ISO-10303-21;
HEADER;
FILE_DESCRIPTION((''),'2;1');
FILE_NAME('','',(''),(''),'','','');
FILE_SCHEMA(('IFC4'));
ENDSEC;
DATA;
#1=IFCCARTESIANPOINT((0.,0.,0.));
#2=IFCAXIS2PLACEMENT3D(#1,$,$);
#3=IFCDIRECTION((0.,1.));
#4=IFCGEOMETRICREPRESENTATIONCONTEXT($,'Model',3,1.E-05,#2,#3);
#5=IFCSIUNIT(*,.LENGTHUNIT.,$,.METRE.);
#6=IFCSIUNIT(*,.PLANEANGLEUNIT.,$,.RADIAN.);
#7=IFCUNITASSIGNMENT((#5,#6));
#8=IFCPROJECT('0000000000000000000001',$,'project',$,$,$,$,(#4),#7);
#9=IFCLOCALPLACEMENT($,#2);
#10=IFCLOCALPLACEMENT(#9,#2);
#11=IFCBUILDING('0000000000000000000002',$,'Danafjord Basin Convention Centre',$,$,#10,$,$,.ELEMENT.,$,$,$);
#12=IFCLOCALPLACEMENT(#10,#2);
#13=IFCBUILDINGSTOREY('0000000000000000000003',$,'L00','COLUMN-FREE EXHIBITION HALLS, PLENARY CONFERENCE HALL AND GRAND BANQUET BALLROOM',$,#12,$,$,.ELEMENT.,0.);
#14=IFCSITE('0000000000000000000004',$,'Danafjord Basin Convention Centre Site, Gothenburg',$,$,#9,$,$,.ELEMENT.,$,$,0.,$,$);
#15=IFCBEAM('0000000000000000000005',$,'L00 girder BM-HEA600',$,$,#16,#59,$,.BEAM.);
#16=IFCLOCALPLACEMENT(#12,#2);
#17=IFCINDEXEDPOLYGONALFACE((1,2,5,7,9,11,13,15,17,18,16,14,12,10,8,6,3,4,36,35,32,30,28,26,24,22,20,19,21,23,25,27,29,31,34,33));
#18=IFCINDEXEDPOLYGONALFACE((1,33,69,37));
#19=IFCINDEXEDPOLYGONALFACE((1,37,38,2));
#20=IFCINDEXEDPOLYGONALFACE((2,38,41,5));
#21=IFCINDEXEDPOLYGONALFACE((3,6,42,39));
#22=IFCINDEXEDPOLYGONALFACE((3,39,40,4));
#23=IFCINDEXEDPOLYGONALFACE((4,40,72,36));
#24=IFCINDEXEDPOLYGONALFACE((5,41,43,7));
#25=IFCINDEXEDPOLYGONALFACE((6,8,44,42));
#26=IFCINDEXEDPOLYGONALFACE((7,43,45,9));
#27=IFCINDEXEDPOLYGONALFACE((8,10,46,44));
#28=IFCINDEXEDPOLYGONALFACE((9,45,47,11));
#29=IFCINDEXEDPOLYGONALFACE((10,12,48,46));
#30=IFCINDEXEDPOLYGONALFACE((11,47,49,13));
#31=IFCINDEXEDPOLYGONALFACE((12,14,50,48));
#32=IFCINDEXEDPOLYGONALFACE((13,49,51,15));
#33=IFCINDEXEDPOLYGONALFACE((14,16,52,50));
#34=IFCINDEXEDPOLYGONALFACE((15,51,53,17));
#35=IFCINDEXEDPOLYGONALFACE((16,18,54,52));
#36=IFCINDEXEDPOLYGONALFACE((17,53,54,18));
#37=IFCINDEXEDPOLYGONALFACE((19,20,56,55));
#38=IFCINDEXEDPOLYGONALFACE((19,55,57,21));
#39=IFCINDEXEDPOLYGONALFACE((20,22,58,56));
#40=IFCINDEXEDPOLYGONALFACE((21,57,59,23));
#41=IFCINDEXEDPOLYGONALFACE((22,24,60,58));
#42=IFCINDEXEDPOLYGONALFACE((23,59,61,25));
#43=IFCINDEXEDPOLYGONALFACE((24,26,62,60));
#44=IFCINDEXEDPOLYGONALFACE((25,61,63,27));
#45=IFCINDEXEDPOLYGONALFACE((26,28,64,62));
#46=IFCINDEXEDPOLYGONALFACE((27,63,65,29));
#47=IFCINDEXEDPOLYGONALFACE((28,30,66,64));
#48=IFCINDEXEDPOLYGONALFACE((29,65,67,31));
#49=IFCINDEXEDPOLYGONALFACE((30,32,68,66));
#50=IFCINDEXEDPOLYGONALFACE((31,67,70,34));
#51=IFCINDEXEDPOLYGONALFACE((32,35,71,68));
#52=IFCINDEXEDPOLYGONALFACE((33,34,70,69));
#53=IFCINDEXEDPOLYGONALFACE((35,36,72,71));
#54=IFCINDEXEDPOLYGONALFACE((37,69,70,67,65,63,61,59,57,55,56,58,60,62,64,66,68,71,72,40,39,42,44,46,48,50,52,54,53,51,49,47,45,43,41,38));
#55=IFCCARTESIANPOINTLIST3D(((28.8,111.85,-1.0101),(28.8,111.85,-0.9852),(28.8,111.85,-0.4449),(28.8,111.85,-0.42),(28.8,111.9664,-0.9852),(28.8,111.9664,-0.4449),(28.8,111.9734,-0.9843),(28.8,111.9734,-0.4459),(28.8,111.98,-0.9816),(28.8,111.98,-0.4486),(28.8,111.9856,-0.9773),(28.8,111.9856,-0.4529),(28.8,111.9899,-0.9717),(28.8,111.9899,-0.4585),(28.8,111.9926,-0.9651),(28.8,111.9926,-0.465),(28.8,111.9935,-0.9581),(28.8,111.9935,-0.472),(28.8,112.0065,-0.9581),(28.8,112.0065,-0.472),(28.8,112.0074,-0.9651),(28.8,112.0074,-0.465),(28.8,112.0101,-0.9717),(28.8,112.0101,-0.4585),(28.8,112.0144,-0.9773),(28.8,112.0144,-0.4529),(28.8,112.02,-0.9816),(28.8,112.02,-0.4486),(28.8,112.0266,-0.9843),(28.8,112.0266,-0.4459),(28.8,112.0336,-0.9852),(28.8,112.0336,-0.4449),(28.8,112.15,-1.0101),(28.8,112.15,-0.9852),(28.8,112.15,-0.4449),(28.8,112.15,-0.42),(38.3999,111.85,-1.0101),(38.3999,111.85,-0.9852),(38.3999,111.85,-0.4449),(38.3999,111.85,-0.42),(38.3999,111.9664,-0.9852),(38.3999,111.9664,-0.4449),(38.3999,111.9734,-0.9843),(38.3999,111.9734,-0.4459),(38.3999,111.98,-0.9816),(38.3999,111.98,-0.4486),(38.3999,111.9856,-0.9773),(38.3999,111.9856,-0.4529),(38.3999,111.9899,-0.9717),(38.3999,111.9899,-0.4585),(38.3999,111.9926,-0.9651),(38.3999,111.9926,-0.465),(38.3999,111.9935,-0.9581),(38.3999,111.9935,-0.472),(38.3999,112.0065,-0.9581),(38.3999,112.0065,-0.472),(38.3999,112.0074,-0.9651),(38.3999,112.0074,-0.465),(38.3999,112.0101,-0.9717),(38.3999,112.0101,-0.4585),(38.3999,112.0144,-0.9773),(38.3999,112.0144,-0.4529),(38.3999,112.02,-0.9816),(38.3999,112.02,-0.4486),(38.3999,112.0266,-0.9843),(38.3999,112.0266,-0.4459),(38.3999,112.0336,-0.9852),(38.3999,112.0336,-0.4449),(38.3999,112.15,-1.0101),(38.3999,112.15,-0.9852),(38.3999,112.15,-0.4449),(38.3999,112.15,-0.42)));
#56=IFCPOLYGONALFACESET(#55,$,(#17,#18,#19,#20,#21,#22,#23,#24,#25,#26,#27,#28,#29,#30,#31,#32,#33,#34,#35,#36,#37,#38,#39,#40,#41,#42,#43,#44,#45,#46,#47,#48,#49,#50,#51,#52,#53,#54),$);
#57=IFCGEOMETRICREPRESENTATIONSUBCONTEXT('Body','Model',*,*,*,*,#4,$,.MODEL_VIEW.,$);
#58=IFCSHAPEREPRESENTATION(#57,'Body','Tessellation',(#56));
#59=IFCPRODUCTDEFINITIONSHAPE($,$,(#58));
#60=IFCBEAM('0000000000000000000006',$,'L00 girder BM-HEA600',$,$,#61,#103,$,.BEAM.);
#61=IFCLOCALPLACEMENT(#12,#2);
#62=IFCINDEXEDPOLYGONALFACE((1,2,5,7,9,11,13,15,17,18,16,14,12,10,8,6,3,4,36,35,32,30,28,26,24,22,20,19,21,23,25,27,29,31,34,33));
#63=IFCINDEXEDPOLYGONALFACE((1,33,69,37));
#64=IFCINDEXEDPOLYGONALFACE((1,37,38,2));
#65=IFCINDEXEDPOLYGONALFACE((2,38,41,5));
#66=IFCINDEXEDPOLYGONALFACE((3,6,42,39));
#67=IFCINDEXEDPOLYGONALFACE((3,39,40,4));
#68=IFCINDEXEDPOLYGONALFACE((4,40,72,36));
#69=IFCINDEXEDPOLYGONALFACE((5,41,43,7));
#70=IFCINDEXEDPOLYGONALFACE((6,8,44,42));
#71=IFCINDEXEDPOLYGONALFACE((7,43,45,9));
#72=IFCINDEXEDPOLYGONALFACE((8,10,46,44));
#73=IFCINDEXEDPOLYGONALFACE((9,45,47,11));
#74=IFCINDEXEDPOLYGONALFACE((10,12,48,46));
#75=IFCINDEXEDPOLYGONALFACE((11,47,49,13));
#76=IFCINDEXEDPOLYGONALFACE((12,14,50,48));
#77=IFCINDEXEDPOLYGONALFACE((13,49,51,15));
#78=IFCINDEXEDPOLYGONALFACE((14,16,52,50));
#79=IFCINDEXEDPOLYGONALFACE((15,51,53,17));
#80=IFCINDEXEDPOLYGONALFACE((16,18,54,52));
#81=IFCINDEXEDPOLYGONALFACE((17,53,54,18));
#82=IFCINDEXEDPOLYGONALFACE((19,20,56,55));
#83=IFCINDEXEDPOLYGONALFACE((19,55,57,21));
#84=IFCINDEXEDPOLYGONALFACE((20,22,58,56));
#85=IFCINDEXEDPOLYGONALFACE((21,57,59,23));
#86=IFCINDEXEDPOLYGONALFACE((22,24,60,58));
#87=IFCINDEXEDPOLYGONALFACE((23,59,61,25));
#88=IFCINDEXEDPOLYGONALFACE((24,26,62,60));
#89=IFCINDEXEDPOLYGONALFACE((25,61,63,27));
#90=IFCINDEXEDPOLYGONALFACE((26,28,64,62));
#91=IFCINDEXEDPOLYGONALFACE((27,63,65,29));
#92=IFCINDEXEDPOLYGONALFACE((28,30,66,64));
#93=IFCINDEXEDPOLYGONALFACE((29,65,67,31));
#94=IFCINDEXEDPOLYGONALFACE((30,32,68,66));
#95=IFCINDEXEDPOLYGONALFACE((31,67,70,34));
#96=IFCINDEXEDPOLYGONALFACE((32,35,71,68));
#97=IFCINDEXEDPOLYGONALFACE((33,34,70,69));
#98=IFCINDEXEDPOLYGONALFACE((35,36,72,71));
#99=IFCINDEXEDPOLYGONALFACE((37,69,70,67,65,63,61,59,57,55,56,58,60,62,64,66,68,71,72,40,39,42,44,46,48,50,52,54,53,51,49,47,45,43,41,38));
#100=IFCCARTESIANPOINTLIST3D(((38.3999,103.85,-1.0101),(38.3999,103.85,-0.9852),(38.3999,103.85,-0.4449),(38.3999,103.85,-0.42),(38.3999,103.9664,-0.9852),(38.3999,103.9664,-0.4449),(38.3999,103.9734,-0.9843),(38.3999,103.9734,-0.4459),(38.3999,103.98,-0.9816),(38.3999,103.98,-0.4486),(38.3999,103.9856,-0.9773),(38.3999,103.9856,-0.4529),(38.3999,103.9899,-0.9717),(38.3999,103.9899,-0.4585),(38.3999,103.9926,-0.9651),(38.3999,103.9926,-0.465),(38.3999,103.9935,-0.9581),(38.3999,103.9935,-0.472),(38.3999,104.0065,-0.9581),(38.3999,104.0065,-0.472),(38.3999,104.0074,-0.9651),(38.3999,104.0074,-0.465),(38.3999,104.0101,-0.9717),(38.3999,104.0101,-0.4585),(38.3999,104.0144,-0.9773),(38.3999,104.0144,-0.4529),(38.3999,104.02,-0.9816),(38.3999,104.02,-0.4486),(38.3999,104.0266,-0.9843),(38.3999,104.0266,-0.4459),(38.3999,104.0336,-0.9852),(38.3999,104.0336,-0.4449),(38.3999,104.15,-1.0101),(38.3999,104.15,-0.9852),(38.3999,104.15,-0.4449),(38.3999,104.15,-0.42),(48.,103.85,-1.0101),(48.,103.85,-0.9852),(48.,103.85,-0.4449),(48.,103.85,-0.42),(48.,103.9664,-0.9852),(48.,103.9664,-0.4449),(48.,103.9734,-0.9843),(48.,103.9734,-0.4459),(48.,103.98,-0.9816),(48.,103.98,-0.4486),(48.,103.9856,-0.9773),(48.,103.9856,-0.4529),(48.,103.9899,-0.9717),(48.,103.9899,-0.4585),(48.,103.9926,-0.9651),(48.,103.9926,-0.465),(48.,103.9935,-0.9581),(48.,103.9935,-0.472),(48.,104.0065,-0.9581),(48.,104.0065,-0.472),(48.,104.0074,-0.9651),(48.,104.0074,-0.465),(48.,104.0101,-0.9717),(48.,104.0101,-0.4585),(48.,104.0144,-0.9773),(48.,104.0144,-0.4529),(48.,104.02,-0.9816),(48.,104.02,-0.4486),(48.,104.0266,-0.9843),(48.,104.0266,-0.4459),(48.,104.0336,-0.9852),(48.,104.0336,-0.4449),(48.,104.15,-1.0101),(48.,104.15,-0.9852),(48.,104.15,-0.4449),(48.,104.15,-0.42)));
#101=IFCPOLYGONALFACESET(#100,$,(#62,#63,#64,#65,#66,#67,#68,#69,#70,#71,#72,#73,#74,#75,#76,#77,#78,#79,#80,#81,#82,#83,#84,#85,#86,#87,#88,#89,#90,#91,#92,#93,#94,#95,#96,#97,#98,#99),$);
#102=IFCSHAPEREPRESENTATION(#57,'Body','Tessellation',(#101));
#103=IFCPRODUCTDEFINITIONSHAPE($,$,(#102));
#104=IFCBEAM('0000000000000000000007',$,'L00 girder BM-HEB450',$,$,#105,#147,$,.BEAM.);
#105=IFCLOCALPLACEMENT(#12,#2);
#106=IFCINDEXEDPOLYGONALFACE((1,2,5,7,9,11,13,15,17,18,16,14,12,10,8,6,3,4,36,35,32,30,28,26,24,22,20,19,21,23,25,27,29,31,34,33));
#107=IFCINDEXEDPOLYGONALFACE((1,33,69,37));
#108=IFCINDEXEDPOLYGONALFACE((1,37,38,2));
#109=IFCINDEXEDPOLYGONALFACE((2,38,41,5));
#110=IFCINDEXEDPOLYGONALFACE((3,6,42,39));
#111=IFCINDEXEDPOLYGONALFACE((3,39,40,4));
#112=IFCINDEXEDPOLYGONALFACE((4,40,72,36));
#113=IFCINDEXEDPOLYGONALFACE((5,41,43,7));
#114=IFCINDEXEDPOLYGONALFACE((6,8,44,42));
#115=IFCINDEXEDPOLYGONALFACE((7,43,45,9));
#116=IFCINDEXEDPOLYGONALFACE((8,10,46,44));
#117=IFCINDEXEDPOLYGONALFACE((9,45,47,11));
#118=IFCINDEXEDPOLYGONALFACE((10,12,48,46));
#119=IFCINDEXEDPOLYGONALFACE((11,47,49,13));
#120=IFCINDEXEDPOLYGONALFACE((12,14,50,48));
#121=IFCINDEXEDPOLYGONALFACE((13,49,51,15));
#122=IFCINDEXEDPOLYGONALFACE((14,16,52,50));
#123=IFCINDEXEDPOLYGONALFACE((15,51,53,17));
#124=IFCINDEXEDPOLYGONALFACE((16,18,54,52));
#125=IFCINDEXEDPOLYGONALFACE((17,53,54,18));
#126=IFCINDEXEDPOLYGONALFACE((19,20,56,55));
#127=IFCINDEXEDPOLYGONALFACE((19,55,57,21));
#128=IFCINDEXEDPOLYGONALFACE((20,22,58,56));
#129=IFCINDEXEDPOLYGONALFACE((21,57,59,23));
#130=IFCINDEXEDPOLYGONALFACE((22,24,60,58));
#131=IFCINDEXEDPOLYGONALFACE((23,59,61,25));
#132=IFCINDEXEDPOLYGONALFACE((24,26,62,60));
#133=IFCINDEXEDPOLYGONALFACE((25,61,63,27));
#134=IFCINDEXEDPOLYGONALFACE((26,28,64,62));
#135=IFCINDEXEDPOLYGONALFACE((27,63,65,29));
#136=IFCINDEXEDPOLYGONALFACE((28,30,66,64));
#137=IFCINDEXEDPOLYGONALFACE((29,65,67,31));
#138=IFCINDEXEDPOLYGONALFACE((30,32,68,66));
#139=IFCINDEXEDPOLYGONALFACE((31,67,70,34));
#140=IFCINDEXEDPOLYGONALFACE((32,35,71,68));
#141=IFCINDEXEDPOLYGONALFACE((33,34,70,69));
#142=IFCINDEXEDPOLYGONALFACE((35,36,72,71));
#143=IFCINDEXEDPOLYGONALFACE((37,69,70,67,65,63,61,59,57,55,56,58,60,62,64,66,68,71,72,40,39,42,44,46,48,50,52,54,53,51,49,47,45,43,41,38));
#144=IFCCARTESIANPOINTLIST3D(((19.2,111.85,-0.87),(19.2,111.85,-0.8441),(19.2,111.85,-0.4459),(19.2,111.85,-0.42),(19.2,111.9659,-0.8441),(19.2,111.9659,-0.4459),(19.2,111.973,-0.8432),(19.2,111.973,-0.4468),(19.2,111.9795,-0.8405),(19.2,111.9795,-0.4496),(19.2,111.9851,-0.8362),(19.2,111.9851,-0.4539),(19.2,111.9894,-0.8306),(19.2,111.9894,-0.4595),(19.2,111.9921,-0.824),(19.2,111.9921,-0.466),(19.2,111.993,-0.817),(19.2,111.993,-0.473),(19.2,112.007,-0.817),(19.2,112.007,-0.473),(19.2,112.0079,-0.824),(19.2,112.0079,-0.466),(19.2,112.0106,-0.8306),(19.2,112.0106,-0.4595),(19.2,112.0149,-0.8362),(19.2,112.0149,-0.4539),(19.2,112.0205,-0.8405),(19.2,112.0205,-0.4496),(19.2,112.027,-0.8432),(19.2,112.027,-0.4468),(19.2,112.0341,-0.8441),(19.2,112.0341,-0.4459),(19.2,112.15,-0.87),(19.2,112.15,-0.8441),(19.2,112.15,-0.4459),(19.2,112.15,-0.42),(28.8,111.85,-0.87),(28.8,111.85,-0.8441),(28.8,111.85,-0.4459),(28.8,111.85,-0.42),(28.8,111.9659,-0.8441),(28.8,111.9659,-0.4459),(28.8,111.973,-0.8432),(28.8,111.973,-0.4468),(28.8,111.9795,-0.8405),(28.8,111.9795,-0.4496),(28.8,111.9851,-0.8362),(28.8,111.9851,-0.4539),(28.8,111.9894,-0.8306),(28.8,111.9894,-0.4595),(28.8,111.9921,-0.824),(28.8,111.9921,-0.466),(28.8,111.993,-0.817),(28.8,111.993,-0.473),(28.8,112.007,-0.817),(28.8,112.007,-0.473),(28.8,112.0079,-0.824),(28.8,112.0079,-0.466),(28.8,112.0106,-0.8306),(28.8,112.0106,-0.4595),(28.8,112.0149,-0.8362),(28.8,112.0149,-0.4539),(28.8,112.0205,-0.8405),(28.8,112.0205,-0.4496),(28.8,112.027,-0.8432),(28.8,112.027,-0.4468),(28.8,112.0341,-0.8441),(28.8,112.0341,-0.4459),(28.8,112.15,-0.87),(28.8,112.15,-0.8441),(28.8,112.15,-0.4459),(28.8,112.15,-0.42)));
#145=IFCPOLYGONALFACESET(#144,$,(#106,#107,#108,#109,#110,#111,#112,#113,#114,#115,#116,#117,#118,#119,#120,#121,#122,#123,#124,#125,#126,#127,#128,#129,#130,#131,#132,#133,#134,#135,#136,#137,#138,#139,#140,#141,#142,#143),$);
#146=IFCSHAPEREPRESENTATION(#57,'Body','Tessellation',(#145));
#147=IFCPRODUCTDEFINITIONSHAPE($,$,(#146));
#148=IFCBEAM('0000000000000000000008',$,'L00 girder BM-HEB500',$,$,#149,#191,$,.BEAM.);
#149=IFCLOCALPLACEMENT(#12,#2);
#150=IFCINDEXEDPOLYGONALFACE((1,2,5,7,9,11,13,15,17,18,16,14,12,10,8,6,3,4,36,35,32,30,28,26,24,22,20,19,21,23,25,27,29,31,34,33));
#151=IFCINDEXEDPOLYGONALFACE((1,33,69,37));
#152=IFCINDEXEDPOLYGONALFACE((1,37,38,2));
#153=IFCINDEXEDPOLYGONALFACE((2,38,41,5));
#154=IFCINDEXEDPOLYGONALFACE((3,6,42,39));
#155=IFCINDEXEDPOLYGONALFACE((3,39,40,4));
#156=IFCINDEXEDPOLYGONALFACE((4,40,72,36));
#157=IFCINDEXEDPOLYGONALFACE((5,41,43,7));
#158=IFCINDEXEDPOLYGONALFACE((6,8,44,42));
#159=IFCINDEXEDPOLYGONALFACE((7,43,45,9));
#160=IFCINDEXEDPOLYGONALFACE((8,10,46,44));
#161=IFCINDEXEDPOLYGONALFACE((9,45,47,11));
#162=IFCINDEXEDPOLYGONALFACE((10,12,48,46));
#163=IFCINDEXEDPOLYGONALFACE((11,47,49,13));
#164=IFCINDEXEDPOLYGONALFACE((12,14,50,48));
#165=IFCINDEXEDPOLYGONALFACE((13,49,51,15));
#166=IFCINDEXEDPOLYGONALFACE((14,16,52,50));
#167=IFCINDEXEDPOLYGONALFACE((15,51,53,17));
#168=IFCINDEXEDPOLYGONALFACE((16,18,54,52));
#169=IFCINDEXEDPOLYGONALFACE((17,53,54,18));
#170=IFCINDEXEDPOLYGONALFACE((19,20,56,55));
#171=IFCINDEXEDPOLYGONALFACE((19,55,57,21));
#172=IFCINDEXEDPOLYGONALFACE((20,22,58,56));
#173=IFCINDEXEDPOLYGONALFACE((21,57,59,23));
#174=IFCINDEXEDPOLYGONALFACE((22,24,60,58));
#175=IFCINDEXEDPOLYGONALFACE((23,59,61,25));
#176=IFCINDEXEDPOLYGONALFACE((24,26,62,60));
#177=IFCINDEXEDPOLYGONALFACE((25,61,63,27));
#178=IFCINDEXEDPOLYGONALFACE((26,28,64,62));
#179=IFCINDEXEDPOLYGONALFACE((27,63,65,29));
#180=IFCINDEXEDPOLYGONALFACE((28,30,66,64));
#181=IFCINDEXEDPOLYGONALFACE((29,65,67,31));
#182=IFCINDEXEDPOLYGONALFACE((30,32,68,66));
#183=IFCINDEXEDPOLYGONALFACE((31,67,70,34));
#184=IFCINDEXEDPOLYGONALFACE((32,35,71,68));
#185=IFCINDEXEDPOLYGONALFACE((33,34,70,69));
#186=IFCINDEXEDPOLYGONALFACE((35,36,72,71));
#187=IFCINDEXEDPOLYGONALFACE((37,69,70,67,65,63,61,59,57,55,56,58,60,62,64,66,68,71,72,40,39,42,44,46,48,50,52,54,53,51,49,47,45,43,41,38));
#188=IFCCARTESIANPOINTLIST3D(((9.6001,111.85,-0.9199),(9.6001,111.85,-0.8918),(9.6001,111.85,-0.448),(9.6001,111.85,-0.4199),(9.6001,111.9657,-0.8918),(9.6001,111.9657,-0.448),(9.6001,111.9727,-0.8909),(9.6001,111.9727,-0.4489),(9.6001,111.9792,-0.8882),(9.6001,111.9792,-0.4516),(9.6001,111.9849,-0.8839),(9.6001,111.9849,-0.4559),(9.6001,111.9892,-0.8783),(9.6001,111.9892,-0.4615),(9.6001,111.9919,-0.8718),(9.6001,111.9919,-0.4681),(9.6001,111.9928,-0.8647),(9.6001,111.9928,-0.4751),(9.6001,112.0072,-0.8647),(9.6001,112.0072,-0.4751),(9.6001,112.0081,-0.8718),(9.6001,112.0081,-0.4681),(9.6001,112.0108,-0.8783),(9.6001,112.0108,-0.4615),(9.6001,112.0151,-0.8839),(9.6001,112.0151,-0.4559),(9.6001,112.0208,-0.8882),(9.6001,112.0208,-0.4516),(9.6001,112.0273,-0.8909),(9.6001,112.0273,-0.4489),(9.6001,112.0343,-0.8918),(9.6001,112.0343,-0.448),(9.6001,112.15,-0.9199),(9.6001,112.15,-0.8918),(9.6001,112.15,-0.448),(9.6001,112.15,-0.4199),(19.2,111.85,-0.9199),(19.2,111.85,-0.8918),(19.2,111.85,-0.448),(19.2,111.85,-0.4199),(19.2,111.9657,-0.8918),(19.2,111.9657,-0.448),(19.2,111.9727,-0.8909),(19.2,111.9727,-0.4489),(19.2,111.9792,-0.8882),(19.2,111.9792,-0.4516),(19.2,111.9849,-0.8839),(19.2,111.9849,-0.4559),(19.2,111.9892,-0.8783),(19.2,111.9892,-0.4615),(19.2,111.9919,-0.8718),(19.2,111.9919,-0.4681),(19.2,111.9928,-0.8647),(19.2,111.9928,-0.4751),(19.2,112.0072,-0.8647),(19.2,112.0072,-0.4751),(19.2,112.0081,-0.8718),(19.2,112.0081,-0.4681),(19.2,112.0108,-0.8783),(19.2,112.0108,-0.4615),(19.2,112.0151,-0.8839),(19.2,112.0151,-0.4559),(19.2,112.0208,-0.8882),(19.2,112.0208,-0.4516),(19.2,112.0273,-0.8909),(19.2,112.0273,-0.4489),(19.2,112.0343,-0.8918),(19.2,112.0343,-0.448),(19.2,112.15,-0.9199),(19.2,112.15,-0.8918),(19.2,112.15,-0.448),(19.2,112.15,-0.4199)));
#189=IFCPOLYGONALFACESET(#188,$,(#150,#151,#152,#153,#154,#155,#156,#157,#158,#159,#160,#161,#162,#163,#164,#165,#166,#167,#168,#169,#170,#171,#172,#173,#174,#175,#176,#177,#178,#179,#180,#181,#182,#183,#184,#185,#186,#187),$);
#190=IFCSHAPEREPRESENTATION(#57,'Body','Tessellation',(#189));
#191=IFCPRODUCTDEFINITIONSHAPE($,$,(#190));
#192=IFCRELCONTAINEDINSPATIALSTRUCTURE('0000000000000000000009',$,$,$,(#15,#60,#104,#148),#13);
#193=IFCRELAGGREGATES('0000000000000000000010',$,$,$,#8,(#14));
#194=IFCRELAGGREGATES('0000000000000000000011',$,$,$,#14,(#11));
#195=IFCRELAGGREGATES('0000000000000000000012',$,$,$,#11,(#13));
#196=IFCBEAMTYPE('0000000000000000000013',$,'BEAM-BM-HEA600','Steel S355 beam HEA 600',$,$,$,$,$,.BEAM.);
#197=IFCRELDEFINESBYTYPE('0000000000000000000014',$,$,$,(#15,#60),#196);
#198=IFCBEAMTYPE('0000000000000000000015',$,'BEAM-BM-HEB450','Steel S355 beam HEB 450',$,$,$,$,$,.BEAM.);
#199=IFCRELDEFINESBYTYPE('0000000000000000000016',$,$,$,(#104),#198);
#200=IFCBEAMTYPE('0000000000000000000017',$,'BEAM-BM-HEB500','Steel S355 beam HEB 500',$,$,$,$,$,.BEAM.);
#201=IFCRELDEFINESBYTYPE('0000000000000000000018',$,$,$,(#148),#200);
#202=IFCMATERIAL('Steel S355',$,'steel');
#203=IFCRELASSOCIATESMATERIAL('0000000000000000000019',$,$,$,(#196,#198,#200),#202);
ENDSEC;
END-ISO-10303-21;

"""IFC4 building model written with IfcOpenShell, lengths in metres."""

from ifc_helpers import new_model, si_unit, direction, frame, origin, origin_2d, place, context, subcontext, project, spatial, i_section, extrude, material, material_profile, profile_set, type_object, element, save


model = new_model("IFC4")

# Units and contexts
model_context = context("Model", 3, precision=1e-05, world=origin(), true_north=direction((0.0, 1.0)))
body_context = subcontext(model_context, "Body", "Model", "MODEL_VIEW")
ifc_project = project(units=[si_unit("LENGTHUNIT", "METRE"), si_unit("PLANEANGLEUNIT", "RADIAN")], contexts=[model_context])

# Site, building, storey
site_placement = place(None, origin())
site = spatial("IfcSite", under=ifc_project, at=site_placement, Name="Danafjord Basin Convention Centre Site, Gothenburg", CompositionType="ELEMENT", RefElevation=0.0)
building_placement = place(site_placement, origin())
building = spatial("IfcBuilding", under=site, at=building_placement, Name="Danafjord Basin Convention Centre", CompositionType="ELEMENT")
storey_placement = place(building_placement, origin())
storey = spatial("IfcBuildingStorey", under=building, at=storey_placement, Name="L00", Description="COLUMN-FREE EXHIBITION HALLS, PLENARY CONFERENCE HALL AND GRAND BANQUET BALLROOM", CompositionType="ELEMENT", Elevation=0.0)

# Beams
ifc_material_1 = material(Name="Steel S355", Category="steel")
ifc_material_profile_1 = material_profile(ifc_material_1, i_section(OverallWidth=0.3, OverallDepth=0.5901, WebThickness=0.0129, FlangeThickness=0.0249, FilletRadius=0.0271, at=origin_2d()), Name="HEA 600")
ifc_profile_set_1 = profile_set([ifc_material_profile_1], Name="Steel S355")
beam_type_1 = type_object("IfcBeamType", Name="BEAM-BM-HEA600", Description="Steel S355 beam HEA 600", PredefinedType="BEAM", material=ifc_profile_set_1)
beam_1_placement = place(storey_placement, frame((28.8, 112.0, -0.7151), z_axis=(1.0, 0.0, 0.0), x_axis=(0.0, 1.0, 0.0)))
element("IfcBeam", 1, at=beam_1_placement, inside=storey, type_object=beam_type_1, Name="L00 girder BM-HEA600", PredefinedType="BEAM", context=body_context, shape_type="SweptSolid", body=[
    extrude(i_section(OverallWidth=0.3, OverallDepth=0.5901, WebThickness=0.0129, FlangeThickness=0.0249, FilletRadius=0.0271, at=origin_2d()), origin(), (0.0, 0.0, 1.0), 9.5999),
])
beam_2_placement = place(storey_placement, frame((38.3999, 104.0, -0.7151), z_axis=(1.0, 0.0, 0.0), x_axis=(0.0, 1.0, 0.0)))
element("IfcBeam", 2, at=beam_2_placement, inside=storey, type_object=beam_type_1, Name="L00 girder BM-HEA600", PredefinedType="BEAM", context=body_context, shape_type="SweptSolid", body=[
    extrude(i_section(OverallWidth=0.3, OverallDepth=0.5901, WebThickness=0.0129, FlangeThickness=0.0249, FilletRadius=0.0271, at=origin_2d()), origin(), (0.0, 0.0, 1.0), 9.6001),
])
ifc_material_profile_2 = material_profile(ifc_material_1, i_section(OverallWidth=0.3, OverallDepth=0.45, WebThickness=0.0139, FlangeThickness=0.0259, FilletRadius=0.0271, at=origin_2d()), Name="HEB 450")
ifc_profile_set_2 = profile_set([ifc_material_profile_2], Name="Steel S355")
beam_type_2 = type_object("IfcBeamType", Name="BEAM-BM-HEB450", Description="Steel S355 beam HEB 450", PredefinedType="BEAM", material=ifc_profile_set_2)
beam_3_placement = place(storey_placement, frame((19.2, 112.0, -0.645), z_axis=(1.0, 0.0, 0.0), x_axis=(0.0, 1.0, 0.0)))
element("IfcBeam", 3, at=beam_3_placement, inside=storey, type_object=beam_type_2, Name="L00 girder BM-HEB450", PredefinedType="BEAM", context=body_context, shape_type="SweptSolid", body=[
    extrude(i_section(OverallWidth=0.3, OverallDepth=0.45, WebThickness=0.0139, FlangeThickness=0.0259, FilletRadius=0.0271, at=origin_2d()), origin(), (0.0, 0.0, 1.0), 9.6001),
])
ifc_material_profile_3 = material_profile(ifc_material_1, i_section(OverallWidth=0.3, OverallDepth=0.5, WebThickness=0.0144, FlangeThickness=0.0281, FilletRadius=0.0271, at=origin_2d()), Name="HEB 500")
ifc_profile_set_3 = profile_set([ifc_material_profile_3], Name="Steel S355")
beam_type_3 = type_object("IfcBeamType", Name="BEAM-BM-HEB500", Description="Steel S355 beam HEB 500", PredefinedType="BEAM", material=ifc_profile_set_3)
beam_4_placement = place(storey_placement, frame((9.6001, 112.0, -0.6699), z_axis=(1.0, 0.0, 0.0), x_axis=(0.0, 1.0, 0.0)))
element("IfcBeam", 4, at=beam_4_placement, inside=storey, type_object=beam_type_3, Name="L00 girder BM-HEB500", PredefinedType="BEAM", context=body_context, shape_type="SweptSolid", body=[
    extrude(i_section(OverallWidth=0.3, OverallDepth=0.5, WebThickness=0.0144, FlangeThickness=0.0281, FilletRadius=0.0271, at=origin_2d()), origin(), (0.0, 0.0, 1.0), 9.5999),
])

save(model, "model.ifc")
